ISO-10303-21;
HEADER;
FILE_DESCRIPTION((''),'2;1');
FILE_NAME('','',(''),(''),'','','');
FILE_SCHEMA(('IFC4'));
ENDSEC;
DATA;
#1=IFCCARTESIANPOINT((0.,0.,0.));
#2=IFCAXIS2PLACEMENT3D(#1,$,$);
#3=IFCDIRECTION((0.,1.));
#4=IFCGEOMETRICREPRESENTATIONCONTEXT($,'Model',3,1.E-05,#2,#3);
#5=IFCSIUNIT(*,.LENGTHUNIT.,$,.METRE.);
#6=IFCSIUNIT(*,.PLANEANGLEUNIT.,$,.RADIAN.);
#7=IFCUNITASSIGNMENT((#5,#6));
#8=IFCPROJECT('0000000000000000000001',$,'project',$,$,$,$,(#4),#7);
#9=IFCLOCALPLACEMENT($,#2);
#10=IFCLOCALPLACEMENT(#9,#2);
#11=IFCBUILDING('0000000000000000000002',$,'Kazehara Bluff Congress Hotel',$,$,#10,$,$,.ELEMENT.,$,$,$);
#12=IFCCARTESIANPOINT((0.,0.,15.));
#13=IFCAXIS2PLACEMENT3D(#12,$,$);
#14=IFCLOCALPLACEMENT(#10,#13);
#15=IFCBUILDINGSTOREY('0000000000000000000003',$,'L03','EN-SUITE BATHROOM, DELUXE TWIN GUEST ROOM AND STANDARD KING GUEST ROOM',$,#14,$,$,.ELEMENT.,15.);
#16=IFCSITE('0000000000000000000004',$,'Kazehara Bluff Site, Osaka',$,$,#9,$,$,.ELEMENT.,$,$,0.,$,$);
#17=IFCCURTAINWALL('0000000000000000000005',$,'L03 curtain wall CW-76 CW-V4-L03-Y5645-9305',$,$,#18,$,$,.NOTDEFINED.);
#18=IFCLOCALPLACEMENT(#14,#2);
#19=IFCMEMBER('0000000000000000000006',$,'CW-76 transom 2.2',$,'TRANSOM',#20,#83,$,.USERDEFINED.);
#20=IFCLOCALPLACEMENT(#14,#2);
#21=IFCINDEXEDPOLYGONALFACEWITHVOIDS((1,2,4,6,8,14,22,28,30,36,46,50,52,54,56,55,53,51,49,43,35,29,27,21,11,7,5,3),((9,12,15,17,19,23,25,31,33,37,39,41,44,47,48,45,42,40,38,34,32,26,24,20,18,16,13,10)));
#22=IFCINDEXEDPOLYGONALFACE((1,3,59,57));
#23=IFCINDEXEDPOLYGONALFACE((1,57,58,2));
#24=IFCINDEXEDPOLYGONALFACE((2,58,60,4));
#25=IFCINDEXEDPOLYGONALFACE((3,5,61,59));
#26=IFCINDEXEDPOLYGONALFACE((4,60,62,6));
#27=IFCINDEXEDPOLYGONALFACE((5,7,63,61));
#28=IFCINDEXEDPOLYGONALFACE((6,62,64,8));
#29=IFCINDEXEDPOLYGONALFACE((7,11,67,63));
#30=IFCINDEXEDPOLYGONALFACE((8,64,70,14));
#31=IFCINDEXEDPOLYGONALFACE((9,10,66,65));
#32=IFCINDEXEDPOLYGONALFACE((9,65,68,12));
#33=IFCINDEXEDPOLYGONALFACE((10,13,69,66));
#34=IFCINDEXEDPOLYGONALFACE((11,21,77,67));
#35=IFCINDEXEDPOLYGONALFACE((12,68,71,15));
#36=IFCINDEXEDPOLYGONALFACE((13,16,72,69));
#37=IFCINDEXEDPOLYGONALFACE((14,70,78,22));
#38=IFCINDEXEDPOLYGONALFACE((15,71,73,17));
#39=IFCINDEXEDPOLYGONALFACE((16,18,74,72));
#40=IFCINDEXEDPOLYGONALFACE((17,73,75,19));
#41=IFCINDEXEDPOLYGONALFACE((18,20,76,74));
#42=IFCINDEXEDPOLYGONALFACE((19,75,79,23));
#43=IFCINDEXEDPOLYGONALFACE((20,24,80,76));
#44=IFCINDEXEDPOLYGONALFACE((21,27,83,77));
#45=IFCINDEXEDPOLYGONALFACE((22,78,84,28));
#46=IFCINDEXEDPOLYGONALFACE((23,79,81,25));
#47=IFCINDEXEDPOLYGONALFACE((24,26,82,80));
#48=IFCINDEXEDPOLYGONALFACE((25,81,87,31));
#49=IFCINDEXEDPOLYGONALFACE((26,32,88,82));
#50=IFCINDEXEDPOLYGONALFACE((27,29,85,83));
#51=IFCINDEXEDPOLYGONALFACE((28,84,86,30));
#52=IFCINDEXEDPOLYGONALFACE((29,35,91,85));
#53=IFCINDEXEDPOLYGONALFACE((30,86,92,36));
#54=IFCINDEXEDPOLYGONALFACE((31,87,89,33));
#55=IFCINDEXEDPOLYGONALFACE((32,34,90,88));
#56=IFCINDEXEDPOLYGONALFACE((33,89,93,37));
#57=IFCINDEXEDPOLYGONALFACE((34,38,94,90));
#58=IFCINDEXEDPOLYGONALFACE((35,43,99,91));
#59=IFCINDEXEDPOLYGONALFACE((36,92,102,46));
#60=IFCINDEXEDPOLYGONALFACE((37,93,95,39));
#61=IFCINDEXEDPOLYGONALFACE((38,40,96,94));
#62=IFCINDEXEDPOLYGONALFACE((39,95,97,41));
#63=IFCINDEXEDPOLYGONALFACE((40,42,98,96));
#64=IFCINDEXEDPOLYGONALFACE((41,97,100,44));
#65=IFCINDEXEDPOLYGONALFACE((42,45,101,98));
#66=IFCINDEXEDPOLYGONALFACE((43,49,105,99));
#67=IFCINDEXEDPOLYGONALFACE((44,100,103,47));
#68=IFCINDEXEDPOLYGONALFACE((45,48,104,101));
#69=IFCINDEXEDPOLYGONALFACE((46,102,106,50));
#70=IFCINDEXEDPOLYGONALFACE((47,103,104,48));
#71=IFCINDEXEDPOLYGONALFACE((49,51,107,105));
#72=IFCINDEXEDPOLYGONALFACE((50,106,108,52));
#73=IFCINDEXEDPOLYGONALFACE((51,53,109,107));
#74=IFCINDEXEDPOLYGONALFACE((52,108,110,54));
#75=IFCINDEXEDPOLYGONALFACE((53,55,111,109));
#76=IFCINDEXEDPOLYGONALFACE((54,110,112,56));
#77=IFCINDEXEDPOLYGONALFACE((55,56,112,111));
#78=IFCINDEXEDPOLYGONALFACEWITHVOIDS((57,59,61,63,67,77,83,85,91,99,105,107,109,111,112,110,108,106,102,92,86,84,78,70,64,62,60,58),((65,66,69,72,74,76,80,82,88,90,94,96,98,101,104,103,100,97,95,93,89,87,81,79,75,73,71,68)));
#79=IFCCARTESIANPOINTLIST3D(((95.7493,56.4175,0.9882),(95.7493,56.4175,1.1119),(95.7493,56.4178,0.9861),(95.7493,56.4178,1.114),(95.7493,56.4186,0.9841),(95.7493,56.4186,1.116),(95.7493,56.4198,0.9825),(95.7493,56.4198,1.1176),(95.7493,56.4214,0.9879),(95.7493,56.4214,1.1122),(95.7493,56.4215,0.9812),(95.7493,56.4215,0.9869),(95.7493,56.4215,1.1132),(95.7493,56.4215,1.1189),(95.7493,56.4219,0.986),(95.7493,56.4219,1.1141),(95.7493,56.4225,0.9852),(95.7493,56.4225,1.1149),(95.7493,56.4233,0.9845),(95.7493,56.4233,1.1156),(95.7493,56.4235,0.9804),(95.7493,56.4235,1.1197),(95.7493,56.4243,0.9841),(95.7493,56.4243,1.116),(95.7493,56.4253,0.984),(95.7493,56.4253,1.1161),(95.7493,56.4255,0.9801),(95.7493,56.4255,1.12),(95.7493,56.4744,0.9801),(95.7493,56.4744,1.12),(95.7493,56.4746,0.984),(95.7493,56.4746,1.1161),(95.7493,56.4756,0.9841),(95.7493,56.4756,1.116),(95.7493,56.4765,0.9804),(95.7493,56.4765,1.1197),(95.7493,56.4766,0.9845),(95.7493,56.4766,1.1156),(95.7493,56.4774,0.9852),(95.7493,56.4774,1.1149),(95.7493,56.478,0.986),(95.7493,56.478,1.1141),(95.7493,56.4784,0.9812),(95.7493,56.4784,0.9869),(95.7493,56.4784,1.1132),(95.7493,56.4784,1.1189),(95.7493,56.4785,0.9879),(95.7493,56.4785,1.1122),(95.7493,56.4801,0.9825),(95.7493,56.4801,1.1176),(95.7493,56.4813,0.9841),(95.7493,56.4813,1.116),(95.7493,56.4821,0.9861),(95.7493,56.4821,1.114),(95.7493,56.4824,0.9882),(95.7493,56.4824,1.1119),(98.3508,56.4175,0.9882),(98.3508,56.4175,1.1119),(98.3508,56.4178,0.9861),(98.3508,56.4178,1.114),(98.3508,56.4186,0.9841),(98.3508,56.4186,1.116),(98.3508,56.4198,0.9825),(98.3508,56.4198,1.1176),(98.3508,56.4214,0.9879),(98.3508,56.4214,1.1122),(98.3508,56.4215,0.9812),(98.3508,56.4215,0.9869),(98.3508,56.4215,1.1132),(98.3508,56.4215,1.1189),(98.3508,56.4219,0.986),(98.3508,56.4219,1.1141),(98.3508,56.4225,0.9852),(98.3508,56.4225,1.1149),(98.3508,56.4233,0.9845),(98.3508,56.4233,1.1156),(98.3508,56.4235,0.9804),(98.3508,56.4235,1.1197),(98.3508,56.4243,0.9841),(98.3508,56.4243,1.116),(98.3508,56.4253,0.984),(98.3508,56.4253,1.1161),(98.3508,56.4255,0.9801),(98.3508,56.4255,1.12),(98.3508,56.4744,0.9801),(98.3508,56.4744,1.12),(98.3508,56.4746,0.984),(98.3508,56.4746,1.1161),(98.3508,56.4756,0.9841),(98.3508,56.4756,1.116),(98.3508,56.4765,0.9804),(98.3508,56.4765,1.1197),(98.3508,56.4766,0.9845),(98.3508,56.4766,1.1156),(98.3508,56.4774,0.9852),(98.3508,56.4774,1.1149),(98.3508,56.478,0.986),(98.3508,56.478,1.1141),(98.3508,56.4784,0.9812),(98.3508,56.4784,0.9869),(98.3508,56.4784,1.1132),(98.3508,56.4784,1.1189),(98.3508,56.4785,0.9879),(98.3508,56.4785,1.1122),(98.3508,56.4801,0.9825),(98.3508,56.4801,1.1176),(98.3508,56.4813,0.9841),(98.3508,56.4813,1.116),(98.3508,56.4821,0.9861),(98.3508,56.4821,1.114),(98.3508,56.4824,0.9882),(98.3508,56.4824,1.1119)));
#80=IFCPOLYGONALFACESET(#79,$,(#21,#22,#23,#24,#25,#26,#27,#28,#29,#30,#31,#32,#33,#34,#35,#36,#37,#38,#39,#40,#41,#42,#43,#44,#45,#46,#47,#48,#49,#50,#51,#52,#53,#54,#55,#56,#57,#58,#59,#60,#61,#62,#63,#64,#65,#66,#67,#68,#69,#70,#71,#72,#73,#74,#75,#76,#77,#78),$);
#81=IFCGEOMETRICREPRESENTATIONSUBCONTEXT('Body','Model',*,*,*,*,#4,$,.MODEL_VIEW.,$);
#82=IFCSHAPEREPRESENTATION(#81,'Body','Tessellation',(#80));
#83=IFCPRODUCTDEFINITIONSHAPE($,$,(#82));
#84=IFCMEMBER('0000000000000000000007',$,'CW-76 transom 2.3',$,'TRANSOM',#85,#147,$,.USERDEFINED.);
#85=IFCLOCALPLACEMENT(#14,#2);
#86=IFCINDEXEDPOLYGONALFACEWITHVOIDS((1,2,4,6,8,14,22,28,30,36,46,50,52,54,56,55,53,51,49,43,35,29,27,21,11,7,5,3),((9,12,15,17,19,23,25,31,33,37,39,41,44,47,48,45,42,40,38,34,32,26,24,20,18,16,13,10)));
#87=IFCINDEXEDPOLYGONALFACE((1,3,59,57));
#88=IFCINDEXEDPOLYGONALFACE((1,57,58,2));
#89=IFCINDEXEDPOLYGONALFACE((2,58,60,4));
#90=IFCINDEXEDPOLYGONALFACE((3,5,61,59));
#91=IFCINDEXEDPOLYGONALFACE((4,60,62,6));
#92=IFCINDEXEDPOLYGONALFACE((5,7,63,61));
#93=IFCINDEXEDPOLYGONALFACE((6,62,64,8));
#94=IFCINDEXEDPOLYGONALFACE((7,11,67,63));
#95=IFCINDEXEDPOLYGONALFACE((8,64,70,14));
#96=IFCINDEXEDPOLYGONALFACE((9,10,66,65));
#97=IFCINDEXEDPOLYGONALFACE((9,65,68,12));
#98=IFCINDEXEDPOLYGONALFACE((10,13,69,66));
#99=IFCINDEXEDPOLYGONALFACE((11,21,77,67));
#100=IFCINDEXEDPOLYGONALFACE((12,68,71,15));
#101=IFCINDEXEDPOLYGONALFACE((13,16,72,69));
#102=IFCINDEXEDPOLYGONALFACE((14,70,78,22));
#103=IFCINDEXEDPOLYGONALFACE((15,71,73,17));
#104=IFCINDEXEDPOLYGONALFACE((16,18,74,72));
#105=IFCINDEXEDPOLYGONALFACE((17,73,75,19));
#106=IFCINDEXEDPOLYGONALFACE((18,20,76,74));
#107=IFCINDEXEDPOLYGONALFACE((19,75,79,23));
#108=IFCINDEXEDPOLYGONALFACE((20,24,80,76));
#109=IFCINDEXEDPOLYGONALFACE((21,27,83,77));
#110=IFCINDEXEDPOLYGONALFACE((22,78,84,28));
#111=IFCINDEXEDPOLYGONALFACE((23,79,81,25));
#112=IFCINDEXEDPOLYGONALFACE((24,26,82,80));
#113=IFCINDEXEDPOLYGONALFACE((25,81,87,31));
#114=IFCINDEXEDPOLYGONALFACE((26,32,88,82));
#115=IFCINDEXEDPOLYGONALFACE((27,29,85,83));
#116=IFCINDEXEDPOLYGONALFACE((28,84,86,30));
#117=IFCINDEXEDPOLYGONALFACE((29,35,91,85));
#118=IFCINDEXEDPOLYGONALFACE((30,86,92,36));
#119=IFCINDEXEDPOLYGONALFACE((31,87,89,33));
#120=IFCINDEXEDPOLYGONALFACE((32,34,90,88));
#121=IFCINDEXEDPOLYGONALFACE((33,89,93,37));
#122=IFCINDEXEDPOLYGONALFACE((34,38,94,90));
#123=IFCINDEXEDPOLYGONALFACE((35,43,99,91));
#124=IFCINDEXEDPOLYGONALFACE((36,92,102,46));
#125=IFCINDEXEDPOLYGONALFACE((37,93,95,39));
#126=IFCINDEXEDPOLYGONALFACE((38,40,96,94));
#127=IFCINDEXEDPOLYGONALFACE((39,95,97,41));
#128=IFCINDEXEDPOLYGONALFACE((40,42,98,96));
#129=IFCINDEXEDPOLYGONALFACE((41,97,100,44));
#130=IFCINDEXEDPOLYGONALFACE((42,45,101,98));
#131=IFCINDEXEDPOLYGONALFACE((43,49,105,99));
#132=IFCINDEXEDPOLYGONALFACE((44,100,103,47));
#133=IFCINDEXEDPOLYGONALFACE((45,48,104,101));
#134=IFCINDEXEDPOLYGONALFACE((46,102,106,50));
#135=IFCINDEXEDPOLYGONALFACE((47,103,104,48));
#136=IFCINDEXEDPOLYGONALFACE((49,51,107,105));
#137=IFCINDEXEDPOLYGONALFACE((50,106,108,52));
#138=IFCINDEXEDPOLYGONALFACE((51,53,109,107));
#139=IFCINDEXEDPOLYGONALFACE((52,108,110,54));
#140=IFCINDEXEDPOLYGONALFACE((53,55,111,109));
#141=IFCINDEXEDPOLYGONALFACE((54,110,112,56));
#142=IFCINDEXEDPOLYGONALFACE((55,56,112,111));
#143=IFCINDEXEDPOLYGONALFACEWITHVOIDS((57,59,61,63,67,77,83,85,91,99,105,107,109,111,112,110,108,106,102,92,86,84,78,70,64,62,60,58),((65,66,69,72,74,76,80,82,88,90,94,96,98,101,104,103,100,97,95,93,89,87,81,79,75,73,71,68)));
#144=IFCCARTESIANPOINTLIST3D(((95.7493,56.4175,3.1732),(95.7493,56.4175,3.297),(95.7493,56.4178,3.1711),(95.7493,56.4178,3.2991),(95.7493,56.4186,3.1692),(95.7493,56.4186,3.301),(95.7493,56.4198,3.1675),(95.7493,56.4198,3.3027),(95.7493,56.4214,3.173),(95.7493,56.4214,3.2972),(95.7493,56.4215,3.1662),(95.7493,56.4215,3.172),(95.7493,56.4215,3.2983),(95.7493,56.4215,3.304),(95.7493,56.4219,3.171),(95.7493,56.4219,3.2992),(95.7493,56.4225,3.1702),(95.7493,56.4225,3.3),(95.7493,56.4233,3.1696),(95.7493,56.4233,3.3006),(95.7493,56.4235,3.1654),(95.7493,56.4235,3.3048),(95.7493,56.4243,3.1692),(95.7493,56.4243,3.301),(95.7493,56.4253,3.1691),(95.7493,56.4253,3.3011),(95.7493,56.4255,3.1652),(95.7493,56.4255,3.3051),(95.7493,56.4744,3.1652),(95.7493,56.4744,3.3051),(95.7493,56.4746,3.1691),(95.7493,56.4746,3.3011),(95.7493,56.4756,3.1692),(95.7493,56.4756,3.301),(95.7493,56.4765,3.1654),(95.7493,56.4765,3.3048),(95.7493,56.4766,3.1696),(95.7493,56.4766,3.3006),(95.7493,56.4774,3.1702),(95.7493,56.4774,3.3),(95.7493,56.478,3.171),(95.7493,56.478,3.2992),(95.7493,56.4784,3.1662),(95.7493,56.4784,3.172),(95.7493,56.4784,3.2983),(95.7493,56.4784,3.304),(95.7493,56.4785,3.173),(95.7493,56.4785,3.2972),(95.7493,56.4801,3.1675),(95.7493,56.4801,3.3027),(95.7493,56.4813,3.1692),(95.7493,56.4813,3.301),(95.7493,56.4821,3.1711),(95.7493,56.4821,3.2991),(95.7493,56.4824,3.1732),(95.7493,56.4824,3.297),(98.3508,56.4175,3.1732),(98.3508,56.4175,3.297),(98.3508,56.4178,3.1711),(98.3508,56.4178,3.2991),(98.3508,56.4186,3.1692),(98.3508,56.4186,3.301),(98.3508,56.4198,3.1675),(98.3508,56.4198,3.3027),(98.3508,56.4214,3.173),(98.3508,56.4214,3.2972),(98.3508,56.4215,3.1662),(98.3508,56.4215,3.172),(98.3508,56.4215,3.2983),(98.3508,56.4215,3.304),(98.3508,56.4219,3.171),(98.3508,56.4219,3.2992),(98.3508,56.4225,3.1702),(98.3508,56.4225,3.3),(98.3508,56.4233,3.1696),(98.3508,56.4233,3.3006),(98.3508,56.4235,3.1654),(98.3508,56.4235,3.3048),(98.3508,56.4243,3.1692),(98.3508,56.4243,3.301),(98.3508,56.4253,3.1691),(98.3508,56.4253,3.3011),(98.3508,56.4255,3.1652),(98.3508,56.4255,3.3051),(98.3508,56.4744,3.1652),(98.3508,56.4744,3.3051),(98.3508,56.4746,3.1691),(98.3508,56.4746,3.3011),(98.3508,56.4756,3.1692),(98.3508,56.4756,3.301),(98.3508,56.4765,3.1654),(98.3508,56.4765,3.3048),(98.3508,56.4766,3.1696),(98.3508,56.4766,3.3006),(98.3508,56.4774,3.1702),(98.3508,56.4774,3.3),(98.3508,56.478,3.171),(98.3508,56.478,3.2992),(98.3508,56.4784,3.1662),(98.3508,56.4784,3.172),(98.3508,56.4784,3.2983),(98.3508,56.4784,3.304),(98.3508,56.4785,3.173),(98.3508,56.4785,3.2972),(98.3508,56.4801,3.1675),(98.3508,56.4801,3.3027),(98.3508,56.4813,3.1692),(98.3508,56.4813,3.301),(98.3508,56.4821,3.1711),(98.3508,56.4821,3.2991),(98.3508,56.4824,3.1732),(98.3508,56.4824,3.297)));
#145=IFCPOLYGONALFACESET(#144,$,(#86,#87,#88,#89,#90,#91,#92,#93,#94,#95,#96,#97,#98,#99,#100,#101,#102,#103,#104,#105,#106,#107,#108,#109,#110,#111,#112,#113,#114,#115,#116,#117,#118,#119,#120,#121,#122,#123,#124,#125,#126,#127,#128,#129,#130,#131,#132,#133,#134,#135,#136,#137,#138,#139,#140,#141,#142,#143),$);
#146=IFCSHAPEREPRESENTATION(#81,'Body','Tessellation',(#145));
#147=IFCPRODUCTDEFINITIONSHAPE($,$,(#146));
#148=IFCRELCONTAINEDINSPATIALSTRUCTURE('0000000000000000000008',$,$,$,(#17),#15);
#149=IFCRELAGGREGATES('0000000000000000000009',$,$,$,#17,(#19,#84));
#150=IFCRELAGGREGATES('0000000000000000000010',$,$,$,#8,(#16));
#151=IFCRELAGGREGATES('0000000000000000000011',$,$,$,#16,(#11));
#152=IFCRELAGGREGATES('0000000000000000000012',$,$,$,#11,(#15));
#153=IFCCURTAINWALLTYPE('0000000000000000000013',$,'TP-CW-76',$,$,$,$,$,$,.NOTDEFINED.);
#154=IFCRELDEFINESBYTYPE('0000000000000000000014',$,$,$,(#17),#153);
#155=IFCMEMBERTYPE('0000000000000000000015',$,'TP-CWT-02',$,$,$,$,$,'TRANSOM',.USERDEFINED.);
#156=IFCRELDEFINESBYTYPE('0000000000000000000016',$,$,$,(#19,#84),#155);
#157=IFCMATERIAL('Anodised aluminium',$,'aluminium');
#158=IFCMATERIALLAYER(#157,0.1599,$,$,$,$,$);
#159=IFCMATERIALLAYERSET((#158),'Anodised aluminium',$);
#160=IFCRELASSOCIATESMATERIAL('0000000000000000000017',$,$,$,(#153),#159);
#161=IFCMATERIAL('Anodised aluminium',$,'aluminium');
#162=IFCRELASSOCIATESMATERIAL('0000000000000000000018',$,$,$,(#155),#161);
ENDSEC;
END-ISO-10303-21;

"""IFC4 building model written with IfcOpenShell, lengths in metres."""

from ifc_helpers import new_model, si_unit, direction, frame, origin, origin_2d, place, context, subcontext, project, spatial, hollow_rectangle, extrude, material, layer, layer_set, material_profile, profile_set, type_object, element, aggregate, save


model = new_model("IFC4")

# Units and contexts
model_context = context("Model", 3, precision=1e-05, world=origin(), true_north=direction((0.0, 1.0)))
body_context = subcontext(model_context, "Body", "Model", "MODEL_VIEW")
ifc_project = project(units=[si_unit("LENGTHUNIT", "METRE"), si_unit("PLANEANGLEUNIT", "RADIAN")], contexts=[model_context])

# Site, building, storey
site_placement = place(None, origin())
site = spatial("IfcSite", under=ifc_project, at=site_placement, Name="Kazehara Bluff Site, Osaka", CompositionType="ELEMENT", RefElevation=0.0)
building_placement = place(site_placement, origin())
building = spatial("IfcBuilding", under=site, at=building_placement, Name="Kazehara Bluff Congress Hotel", CompositionType="ELEMENT")
storey_placement = place(building_placement, frame((0.0, 0.0, 15.0)))
storey = spatial("IfcBuildingStorey", under=building, at=storey_placement, Name="L03", Description="EN-SUITE BATHROOM, DELUXE TWIN GUEST ROOM AND STANDARD KING GUEST ROOM", CompositionType="ELEMENT", Elevation=15.0)

# Curtain wall, members
ifc_material_1 = material(Name="Anodised aluminium", Category="aluminium")
ifc_layer_1 = layer(ifc_material_1, 0.1599)
ifc_layer_set_1 = layer_set([ifc_layer_1], Name="Anodised aluminium")
curtain_wall_type = type_object("IfcCurtainWallType", Name="TP-CW-76", PredefinedType="NOTDEFINED", material=ifc_layer_set_1)
curtain_wall_placement = place(storey_placement, origin())
curtain_wall = element("IfcCurtainWall", 1, at=curtain_wall_placement, inside=storey, type_object=curtain_wall_type, Name="L03 curtain wall CW-76 CW-V4-L03-Y5645-9305", PredefinedType="NOTDEFINED")
ifc_material_2 = material(Name="Anodised aluminium", Category="aluminium")
ifc_material_profile_1 = material_profile(ifc_material_2, hollow_rectangle(XDim=0.0649, YDim=0.1399, WallThickness=0.0039, InnerFilletRadius=0.0039, OuterFilletRadius=0.0081, at=origin_2d()))
ifc_profile_set_1 = profile_set([ifc_material_profile_1], Name="Anodised aluminium")
member_type_1 = type_object("IfcMemberType", Name="TP-CWT-02", ElementType="TRANSOM", PredefinedType="USERDEFINED", material=ifc_profile_set_1)
member_1_placement = place(storey_placement, frame((95.7493, 56.45, 1.05), z_axis=(1.0, 0.0, 0.0), x_axis=(0.0, 1.0, 0.0)))
member_1 = element("IfcMember", 2, at=member_1_placement, type_object=member_type_1, Name="CW-76 transom 2.2", ObjectType="TRANSOM", PredefinedType="USERDEFINED", context=body_context, shape_type="SweptSolid", body=[
    extrude(hollow_rectangle(XDim=0.0649, YDim=0.1399, WallThickness=0.0039, InnerFilletRadius=0.0039, OuterFilletRadius=0.0081, at=origin_2d()), origin(), (0.0, 0.0, 1.0), 2.6016),
])
member_2_placement = place(storey_placement, frame((95.7493, 56.45, 3.2351), z_axis=(1.0, 0.0, 0.0), x_axis=(0.0, 1.0, 0.0)))
member_2 = element("IfcMember", 3, at=member_2_placement, type_object=member_type_1, Name="CW-76 transom 2.3", ObjectType="TRANSOM", PredefinedType="USERDEFINED", context=body_context, shape_type="SweptSolid", body=[
    extrude(hollow_rectangle(XDim=0.0649, YDim=0.1399, WallThickness=0.0039, InnerFilletRadius=0.0039, OuterFilletRadius=0.0081, at=origin_2d()), origin(), (0.0, 0.0, 1.0), 2.6016),
])

aggregate(curtain_wall, [member_1, member_2])

save(model, "model.ifc")
